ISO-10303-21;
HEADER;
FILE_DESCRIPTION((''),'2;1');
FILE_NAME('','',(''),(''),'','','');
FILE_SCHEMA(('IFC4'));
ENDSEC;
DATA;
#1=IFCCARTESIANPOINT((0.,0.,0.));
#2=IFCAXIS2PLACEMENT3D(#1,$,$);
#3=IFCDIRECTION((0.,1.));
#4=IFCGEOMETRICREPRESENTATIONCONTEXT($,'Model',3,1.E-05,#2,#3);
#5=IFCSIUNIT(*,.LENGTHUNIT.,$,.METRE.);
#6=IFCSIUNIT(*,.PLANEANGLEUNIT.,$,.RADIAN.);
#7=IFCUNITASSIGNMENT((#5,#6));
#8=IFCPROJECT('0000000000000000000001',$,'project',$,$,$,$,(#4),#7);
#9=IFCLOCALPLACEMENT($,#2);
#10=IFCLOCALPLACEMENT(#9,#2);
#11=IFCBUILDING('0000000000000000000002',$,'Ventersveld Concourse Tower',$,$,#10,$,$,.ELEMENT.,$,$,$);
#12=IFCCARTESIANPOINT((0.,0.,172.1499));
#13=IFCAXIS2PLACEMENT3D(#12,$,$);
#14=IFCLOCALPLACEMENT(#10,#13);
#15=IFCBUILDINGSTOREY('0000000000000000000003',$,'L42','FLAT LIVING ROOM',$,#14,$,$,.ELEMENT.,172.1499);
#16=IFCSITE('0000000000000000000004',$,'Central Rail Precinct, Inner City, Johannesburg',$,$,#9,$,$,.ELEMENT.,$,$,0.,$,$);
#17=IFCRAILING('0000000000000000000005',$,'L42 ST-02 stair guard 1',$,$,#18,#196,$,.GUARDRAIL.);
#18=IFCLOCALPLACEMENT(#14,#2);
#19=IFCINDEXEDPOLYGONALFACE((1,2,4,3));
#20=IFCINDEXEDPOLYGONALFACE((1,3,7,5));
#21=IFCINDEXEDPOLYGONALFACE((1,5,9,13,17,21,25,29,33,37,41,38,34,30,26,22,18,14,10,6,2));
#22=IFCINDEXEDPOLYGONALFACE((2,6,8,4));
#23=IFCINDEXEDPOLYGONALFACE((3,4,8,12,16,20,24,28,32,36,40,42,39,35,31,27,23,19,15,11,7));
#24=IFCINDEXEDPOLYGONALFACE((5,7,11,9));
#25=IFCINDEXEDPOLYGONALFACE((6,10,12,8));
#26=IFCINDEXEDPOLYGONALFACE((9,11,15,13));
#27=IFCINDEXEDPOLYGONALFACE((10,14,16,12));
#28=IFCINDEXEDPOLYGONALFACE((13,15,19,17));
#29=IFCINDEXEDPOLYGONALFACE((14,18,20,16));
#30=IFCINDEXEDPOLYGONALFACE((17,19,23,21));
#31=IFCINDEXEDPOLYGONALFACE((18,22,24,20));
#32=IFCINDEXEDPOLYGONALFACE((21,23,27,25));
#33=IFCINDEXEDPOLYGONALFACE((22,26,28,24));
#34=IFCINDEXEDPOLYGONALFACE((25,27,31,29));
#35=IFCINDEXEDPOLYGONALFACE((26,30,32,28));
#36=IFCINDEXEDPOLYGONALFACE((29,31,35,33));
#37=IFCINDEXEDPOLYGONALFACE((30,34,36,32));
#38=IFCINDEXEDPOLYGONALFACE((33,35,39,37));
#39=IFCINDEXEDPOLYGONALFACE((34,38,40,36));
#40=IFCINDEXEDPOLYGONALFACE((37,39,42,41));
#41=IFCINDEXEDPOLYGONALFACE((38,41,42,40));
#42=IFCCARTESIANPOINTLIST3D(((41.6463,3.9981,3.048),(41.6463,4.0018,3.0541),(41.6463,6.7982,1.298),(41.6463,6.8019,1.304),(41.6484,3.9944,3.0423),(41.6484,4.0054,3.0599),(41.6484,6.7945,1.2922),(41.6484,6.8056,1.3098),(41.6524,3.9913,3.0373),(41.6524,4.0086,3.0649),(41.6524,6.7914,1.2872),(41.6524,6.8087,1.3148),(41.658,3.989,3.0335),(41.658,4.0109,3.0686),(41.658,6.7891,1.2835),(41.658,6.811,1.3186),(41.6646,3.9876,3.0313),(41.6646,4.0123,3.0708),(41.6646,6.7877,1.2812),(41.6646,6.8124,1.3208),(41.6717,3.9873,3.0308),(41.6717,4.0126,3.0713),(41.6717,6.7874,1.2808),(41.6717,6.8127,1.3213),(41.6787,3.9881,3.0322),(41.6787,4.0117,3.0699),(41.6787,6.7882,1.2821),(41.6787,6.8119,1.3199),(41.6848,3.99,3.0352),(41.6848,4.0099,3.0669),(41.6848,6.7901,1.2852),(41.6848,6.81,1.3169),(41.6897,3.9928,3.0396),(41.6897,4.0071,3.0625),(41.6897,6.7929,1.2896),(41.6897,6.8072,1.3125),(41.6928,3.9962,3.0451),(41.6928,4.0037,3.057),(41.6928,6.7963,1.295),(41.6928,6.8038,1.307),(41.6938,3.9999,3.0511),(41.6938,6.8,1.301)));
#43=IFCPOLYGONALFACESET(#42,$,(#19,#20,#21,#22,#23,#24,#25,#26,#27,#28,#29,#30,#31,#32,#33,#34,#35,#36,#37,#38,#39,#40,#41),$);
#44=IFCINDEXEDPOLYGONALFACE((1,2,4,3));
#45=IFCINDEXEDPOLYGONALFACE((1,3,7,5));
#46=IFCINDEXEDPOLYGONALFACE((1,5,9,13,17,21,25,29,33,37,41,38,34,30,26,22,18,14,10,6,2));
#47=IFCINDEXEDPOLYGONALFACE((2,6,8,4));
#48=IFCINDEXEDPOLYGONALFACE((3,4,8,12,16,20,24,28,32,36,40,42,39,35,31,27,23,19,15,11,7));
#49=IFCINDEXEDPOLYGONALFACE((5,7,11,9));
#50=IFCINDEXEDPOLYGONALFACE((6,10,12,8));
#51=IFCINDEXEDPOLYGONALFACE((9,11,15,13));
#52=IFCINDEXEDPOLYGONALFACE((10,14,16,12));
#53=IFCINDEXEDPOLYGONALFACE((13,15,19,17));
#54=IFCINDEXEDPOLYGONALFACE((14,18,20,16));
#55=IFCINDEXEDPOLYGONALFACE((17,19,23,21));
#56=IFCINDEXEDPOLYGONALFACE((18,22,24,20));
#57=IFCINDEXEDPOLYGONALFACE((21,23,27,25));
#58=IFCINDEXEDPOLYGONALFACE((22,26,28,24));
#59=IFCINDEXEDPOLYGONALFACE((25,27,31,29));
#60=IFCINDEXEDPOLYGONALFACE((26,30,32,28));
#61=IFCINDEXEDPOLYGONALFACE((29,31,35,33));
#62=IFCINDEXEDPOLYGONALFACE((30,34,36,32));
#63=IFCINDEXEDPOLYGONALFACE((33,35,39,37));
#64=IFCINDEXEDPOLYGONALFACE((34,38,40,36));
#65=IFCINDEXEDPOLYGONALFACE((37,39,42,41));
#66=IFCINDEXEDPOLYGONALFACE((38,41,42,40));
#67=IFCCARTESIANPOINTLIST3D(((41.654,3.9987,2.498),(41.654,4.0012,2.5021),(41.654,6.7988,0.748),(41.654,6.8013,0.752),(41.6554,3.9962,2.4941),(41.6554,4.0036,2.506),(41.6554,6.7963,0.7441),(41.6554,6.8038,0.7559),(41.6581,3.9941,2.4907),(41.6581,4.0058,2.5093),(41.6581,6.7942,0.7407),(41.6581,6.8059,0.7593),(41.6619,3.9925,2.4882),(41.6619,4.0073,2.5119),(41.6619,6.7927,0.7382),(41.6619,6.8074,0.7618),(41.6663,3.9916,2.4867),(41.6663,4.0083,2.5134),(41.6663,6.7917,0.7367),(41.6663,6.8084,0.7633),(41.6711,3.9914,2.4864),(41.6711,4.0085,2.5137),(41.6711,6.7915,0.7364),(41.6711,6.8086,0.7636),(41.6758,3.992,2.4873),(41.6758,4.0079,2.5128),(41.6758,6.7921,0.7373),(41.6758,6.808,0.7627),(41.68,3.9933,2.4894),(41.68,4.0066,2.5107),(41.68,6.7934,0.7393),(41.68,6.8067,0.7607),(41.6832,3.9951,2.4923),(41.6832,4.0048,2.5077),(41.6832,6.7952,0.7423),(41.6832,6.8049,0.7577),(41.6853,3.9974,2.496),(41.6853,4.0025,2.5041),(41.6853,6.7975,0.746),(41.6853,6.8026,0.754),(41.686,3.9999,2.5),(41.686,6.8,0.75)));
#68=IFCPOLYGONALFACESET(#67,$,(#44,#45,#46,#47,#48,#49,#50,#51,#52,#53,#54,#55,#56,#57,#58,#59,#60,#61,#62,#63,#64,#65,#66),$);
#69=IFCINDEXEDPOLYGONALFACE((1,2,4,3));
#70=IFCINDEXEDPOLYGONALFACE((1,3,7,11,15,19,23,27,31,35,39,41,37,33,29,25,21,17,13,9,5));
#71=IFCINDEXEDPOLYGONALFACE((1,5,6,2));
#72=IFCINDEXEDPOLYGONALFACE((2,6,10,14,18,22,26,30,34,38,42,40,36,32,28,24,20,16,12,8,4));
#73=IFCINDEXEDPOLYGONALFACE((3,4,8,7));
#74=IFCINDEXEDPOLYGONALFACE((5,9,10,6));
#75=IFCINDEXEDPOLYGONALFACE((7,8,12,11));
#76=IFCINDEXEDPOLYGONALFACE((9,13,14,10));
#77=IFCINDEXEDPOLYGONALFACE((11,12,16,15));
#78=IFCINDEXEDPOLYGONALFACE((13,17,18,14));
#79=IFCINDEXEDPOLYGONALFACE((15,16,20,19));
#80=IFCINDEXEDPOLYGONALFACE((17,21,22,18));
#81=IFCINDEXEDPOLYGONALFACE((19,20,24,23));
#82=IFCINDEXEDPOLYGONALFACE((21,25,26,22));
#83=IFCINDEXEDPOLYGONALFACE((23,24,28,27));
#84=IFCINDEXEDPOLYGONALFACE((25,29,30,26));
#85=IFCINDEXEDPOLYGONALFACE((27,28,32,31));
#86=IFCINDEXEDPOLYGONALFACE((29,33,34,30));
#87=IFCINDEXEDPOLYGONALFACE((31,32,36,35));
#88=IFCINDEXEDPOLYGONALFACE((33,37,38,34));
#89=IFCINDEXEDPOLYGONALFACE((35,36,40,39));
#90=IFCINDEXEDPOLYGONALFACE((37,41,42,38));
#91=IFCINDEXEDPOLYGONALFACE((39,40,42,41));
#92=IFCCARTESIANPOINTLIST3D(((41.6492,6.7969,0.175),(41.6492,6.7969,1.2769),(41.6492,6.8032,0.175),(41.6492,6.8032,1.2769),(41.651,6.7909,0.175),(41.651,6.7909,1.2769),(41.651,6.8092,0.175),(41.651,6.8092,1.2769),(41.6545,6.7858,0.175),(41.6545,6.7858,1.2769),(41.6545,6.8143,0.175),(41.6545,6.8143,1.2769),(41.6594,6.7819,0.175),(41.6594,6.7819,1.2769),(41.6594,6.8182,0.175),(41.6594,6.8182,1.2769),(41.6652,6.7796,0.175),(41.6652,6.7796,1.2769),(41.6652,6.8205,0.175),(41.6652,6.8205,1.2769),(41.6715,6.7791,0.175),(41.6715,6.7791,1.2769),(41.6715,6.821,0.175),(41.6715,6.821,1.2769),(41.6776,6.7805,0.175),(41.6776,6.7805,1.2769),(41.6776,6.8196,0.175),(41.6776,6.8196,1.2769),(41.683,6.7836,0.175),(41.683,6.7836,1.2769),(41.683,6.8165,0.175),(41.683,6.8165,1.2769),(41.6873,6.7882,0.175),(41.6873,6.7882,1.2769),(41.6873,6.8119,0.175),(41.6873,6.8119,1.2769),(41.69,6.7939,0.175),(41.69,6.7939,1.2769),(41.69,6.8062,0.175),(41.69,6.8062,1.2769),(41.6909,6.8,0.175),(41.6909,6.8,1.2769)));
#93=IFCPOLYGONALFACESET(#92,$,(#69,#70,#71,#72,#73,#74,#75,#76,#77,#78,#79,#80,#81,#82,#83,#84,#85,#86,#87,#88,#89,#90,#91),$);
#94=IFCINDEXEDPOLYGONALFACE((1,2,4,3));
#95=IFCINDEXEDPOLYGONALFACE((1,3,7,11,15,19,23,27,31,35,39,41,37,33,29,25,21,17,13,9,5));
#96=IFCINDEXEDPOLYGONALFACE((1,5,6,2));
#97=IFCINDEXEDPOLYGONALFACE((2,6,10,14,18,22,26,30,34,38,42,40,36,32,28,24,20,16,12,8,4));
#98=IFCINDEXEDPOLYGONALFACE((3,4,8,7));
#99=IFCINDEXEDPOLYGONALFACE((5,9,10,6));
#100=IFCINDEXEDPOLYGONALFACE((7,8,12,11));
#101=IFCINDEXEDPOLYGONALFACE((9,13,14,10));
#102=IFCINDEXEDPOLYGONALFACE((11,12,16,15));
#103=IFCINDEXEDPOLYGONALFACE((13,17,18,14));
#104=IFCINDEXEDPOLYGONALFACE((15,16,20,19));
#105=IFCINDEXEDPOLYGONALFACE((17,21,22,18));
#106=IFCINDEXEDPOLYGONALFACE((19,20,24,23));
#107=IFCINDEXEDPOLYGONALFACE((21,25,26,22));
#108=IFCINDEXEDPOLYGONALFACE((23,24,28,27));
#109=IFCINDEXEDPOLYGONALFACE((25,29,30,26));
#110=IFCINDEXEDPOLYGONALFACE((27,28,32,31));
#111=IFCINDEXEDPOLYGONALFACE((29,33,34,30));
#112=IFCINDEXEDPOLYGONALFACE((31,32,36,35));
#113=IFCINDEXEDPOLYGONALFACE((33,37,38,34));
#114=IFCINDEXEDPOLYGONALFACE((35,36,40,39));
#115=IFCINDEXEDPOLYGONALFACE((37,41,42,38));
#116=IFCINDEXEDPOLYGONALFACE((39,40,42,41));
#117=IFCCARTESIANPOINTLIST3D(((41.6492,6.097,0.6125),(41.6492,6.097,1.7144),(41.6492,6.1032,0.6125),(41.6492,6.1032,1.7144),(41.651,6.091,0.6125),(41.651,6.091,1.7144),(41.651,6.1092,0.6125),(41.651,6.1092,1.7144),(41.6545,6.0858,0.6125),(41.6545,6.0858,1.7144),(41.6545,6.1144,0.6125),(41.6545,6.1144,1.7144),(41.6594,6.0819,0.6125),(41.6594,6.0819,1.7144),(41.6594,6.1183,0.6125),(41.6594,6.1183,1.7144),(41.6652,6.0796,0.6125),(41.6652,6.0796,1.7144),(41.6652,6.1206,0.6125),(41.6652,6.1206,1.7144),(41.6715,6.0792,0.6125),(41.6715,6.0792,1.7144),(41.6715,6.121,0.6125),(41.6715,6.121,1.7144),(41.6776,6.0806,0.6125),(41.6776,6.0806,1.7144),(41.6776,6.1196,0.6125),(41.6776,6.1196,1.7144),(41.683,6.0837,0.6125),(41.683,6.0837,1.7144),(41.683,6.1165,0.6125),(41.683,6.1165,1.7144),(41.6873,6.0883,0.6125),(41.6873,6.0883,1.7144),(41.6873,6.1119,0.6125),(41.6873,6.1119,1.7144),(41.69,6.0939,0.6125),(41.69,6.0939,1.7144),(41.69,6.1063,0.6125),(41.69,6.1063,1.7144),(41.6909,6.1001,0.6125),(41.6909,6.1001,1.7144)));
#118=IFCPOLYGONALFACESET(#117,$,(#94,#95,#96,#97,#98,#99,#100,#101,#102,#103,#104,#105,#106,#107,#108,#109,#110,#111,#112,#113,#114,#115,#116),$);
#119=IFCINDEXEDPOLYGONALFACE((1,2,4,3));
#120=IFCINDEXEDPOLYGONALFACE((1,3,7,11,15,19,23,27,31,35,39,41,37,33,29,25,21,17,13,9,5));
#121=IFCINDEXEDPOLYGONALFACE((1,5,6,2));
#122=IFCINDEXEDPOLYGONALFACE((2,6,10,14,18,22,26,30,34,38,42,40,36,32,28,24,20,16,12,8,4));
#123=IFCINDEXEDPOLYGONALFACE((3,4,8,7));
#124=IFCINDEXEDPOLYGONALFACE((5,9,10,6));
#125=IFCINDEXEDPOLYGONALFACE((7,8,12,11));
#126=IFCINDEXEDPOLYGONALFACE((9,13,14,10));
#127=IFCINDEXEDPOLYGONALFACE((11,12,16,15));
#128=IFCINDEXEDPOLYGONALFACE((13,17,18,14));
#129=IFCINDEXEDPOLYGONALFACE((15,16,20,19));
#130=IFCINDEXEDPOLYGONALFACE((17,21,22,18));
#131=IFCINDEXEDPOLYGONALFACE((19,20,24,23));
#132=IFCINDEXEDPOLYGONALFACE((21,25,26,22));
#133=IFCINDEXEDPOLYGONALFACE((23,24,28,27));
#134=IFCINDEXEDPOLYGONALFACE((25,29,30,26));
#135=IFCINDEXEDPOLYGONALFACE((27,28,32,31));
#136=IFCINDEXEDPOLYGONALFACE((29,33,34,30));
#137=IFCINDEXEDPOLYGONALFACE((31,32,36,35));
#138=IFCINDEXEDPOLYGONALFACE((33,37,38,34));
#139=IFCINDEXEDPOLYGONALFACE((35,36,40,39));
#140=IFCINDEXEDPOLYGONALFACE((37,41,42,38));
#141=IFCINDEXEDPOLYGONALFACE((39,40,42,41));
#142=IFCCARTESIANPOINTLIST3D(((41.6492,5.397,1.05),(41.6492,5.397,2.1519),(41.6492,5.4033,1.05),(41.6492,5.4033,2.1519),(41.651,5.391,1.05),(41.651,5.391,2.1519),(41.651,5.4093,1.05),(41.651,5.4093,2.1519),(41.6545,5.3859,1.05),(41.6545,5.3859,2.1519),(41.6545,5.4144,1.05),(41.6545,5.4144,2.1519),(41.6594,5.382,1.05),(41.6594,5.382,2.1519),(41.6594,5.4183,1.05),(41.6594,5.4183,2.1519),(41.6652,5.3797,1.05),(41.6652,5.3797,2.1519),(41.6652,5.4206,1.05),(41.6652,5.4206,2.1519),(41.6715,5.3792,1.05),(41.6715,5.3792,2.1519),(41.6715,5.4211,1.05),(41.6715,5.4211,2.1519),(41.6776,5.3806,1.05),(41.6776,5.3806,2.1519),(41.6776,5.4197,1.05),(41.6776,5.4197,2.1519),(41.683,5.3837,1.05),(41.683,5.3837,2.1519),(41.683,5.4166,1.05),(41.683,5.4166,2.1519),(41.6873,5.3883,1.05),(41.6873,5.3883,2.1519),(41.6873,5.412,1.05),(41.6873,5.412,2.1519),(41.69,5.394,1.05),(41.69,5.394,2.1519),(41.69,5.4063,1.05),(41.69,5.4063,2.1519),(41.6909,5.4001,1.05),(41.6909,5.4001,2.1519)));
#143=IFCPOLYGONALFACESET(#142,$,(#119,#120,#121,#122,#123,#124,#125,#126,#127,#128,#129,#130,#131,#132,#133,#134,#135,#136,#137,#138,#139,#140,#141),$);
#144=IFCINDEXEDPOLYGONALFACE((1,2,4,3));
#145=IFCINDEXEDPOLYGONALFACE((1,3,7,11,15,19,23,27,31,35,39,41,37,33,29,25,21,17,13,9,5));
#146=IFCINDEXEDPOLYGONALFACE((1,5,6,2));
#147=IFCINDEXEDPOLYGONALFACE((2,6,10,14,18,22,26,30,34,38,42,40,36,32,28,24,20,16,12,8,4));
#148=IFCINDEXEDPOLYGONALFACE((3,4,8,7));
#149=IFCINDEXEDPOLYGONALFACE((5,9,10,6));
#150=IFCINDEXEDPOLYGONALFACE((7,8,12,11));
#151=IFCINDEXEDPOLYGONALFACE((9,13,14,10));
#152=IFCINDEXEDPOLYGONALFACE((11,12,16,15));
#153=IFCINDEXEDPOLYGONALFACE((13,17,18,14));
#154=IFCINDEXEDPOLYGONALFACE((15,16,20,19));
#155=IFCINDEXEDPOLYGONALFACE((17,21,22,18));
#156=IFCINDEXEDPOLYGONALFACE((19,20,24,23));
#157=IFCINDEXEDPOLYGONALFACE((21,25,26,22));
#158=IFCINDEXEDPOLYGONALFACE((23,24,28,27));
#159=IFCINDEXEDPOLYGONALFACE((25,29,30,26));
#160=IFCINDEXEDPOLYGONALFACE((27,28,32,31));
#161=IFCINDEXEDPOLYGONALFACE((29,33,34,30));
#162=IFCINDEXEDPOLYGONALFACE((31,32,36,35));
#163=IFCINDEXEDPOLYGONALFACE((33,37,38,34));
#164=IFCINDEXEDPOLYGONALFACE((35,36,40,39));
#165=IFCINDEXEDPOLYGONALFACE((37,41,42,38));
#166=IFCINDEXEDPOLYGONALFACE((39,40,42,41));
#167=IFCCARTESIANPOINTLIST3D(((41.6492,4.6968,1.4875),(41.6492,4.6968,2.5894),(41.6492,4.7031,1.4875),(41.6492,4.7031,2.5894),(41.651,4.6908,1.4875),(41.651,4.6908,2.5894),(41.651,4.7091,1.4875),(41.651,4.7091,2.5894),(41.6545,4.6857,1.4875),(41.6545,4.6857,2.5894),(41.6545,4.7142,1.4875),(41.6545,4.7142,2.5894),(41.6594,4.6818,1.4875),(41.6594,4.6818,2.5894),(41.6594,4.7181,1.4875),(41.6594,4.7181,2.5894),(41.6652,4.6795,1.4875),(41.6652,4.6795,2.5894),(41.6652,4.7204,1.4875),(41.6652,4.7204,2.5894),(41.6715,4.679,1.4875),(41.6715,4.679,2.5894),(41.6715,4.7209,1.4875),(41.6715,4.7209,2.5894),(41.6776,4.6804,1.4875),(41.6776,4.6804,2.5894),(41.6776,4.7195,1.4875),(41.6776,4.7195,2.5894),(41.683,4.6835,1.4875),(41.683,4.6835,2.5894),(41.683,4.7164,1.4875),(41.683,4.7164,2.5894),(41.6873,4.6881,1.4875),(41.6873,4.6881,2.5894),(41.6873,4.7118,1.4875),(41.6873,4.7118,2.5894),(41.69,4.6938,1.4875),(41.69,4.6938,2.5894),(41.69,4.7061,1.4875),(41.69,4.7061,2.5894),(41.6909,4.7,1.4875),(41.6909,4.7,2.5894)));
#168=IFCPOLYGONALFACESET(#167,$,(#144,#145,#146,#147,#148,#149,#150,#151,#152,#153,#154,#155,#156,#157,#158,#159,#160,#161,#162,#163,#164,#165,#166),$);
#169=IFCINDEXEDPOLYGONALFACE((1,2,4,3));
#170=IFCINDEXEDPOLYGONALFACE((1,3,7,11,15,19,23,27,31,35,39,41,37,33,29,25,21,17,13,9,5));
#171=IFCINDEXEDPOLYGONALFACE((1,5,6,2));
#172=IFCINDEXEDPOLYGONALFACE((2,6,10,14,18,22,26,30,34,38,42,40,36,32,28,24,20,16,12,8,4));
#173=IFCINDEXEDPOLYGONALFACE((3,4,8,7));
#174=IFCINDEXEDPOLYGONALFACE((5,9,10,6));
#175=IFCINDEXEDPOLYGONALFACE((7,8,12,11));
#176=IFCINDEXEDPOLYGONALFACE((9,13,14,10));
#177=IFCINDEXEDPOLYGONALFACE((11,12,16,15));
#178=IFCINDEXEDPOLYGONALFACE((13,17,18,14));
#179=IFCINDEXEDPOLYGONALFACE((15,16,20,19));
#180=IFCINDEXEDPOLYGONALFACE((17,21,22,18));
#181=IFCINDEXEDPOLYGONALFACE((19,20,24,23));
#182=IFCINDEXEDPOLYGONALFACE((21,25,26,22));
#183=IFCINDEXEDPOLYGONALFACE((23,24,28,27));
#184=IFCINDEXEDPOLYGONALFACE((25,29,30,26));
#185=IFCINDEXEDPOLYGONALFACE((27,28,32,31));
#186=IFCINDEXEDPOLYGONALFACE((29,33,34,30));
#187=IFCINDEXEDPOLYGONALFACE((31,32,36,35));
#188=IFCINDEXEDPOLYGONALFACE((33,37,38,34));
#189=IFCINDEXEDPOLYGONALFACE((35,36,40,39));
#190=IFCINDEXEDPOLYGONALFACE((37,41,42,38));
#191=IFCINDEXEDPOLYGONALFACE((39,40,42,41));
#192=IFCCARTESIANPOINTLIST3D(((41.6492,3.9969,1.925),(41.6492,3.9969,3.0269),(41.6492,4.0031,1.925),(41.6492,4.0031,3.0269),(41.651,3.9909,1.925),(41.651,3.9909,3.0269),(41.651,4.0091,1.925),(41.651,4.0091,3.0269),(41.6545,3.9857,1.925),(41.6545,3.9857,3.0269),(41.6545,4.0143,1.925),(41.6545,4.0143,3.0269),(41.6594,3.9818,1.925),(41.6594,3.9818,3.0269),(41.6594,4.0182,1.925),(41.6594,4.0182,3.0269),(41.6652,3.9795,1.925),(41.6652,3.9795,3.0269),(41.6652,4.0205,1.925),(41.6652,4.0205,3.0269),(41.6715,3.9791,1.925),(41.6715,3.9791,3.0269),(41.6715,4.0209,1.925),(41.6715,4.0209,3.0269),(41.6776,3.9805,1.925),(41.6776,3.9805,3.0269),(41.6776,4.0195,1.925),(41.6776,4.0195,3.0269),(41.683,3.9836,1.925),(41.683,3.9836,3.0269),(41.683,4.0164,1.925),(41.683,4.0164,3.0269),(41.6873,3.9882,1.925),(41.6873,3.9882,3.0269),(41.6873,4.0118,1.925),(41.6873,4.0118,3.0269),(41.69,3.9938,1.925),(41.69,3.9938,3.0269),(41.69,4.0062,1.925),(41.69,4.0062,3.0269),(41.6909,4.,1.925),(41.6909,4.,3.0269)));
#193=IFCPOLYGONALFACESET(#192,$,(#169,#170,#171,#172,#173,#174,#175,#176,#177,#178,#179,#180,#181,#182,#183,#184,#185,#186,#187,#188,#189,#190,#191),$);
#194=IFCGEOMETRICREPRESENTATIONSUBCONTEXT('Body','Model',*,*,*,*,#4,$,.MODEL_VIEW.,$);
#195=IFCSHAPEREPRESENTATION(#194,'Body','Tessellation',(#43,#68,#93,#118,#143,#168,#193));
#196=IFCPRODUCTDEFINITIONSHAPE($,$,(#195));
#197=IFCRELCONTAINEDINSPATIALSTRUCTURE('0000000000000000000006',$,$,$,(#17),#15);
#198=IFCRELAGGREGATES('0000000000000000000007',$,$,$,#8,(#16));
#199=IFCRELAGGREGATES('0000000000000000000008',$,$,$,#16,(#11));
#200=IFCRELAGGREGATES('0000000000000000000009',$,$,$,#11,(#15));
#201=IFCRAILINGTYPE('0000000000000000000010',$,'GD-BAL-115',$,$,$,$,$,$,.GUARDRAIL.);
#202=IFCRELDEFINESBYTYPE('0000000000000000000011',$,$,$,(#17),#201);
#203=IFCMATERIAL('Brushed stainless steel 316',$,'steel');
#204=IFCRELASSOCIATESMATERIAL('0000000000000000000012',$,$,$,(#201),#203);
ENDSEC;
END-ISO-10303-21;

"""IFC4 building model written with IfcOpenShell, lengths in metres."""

from ifc_helpers import new_model, si_unit, direction, frame, origin, origin_2d, place, context, subcontext, project, spatial, circle, extrude, material, type_object, element, save


model = new_model("IFC4")

# Units and contexts
model_context = context("Model", 3, precision=1e-05, world=origin(), true_north=direction((0.0, 1.0)))
body_context = subcontext(model_context, "Body", "Model", "MODEL_VIEW")
ifc_project = project(units=[si_unit("LENGTHUNIT", "METRE"), si_unit("PLANEANGLEUNIT", "RADIAN")], contexts=[model_context])

# Site, building, storey
site_placement = place(None, origin())
site = spatial("IfcSite", under=ifc_project, at=site_placement, Name="Central Rail Precinct, Inner City, Johannesburg", CompositionType="ELEMENT", RefElevation=0.0)
building_placement = place(site_placement, origin())
building = spatial("IfcBuilding", under=site, at=building_placement, Name="Ventersveld Concourse Tower", CompositionType="ELEMENT")
storey_placement = place(building_placement, frame((0.0, 0.0, 172.1499)))
storey = spatial("IfcBuildingStorey", under=building, at=storey_placement, Name="L42", Description="FLAT LIVING ROOM", CompositionType="ELEMENT", Elevation=172.1499)

# Shared definitions
ifc_material_1 = material(Name="Brushed stainless steel 316", Category="steel")

# Railing
railing_type_1 = type_object("IfcRailingType", Name="GD-BAL-115", PredefinedType="GUARDRAIL", material=ifc_material_1)
railing_1_placement = place(storey_placement, frame((41.6699, 6.8, 0.175)))
element("IfcRailing", 1, at=railing_1_placement, inside=storey, type_object=railing_type_1, Name="L42 ST-02 stair guard 1", PredefinedType="GUARDRAIL", context=body_context, shape_type="SweptSolid", body=[
    extrude(circle(Radius=0.0239, at=origin_2d()), frame((0.0, 0.0, 1.126), z_axis=(0.0, -0.848002, 0.529992), x_axis=(1.0, 0.0, 0.0)), (0.0, 0.0, 1.0), 3.302),
    extrude(circle(Radius=0.0161, at=origin_2d()), frame((0.0, 0.0, 0.575), z_axis=(0.0, -0.848002, 0.529992), x_axis=(1.0, 0.0, 0.0)), (0.0, 0.0, 1.0), 3.302),
    extrude(circle(Radius=0.021, at=origin_2d()), origin(), (0.0, 0.0, 1.0), 1.1018),
    extrude(circle(Radius=0.021, at=origin_2d()), frame((0.0, -0.7, 0.4375)), (0.0, 0.0, 1.0), 1.1018),
    extrude(circle(Radius=0.021, at=origin_2d()), frame((0.0, -1.3999, 0.875)), (0.0, 0.0, 1.0), 1.1018),
    extrude(circle(Radius=0.021, at=origin_2d()), frame((0.0, -2.1001, 1.3125)), (0.0, 0.0, 1.0), 1.1018),
    extrude(circle(Radius=0.021, at=origin_2d()), frame((0.0, -2.8, 1.75)), (0.0, 0.0, 1.0), 1.1018),
])

save(model, "model.ifc")
